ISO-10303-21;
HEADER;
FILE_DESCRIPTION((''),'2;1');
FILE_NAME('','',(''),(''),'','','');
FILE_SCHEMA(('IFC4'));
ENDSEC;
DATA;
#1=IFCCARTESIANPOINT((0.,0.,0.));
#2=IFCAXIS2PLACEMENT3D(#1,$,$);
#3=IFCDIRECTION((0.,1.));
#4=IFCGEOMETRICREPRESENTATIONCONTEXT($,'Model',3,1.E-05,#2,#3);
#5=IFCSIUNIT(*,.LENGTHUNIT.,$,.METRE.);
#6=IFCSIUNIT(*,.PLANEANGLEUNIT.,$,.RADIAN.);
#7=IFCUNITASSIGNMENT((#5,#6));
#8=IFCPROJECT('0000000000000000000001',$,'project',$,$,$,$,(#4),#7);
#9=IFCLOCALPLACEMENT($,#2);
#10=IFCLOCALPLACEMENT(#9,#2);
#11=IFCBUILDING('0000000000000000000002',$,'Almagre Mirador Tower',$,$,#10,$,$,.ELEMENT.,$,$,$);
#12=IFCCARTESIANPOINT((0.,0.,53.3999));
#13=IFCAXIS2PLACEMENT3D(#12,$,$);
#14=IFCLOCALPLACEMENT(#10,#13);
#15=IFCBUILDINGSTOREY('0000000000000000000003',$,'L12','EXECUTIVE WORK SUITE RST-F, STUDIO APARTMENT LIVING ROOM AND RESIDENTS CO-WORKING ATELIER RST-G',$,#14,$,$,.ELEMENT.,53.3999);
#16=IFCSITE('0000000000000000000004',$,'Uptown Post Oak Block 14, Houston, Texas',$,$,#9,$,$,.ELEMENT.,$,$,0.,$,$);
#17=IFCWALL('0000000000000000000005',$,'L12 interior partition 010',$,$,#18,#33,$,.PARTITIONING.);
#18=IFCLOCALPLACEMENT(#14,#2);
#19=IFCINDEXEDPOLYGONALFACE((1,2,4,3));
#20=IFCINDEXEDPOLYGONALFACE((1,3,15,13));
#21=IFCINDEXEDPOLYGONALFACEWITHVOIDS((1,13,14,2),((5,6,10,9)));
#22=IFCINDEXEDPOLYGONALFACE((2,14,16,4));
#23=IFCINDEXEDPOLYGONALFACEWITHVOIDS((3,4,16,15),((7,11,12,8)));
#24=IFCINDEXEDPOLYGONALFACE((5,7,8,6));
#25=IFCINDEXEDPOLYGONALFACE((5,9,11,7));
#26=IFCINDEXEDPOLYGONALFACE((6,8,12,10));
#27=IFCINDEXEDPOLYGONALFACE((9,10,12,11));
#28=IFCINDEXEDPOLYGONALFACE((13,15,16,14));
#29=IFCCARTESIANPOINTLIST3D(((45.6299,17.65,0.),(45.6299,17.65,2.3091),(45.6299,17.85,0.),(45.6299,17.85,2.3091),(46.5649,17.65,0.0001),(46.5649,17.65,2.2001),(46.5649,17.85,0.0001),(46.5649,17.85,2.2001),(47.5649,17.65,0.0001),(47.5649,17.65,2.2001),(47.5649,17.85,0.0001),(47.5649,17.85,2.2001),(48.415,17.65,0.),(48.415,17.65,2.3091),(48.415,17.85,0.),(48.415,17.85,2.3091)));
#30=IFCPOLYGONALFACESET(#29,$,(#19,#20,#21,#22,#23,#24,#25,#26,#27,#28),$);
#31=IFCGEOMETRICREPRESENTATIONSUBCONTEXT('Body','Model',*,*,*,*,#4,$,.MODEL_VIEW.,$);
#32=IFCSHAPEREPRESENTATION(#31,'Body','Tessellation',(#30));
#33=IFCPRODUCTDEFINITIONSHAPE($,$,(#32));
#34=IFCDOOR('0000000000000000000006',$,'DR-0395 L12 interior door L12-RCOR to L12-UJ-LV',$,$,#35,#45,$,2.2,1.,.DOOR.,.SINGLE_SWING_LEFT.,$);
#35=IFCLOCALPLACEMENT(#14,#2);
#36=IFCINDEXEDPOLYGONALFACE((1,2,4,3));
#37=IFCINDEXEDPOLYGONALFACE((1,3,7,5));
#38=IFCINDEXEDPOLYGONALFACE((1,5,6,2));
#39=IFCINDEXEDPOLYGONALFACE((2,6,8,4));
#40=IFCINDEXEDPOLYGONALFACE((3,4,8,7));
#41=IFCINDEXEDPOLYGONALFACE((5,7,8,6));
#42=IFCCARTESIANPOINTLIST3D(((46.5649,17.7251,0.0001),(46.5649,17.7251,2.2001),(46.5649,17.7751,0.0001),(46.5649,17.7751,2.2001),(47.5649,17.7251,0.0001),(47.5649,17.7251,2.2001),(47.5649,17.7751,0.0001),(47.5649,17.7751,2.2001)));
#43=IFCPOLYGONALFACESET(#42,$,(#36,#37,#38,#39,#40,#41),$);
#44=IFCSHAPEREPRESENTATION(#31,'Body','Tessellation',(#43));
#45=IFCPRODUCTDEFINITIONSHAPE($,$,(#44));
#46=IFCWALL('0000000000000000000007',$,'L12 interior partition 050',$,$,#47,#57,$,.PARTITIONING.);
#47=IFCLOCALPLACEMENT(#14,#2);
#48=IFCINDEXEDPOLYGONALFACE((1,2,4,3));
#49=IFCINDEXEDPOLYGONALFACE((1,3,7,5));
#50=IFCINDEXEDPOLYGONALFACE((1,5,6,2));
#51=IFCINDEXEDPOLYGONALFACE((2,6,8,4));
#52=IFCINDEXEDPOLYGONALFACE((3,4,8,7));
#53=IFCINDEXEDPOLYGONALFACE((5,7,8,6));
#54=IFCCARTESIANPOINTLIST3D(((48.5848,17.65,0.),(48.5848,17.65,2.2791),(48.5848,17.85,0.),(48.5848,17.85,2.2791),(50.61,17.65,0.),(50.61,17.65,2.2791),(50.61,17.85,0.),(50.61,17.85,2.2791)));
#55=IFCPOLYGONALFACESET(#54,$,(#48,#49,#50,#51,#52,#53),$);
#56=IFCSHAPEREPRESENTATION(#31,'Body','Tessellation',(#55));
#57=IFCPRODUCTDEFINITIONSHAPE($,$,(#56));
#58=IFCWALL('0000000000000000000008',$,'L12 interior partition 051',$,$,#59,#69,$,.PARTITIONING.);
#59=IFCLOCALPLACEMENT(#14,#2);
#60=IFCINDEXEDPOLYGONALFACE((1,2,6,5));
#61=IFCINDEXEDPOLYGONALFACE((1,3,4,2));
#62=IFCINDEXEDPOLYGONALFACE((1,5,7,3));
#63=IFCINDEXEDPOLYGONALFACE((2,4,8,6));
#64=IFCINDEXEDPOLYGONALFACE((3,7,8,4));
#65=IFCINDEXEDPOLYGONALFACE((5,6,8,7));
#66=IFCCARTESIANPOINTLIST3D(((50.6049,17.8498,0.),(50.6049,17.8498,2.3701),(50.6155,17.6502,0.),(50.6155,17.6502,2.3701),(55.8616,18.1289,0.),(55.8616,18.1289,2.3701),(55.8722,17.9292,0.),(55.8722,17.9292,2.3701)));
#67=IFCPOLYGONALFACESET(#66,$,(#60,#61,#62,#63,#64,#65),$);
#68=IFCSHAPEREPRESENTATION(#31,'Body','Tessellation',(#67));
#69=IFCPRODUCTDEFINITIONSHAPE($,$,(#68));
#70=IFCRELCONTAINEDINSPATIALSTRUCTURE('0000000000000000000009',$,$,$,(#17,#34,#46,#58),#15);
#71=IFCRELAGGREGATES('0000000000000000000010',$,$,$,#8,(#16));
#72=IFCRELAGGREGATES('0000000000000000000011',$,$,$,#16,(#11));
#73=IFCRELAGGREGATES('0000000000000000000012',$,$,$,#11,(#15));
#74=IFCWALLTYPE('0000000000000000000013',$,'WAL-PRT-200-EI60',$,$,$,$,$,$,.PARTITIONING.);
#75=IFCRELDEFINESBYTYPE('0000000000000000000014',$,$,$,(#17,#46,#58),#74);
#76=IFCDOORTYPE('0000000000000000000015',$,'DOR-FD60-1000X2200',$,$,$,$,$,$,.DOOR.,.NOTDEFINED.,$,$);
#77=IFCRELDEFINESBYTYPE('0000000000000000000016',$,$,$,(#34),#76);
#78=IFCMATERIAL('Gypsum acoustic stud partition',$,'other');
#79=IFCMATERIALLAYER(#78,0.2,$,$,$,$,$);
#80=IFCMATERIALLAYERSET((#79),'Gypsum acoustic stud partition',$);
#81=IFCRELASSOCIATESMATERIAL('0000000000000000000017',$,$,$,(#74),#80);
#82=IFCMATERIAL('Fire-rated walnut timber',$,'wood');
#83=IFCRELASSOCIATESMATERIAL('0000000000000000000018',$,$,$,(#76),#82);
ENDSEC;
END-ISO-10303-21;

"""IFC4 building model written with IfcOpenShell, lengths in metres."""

from ifc_helpers import new_model, si_unit, direction, frame, frame_2d, origin, place, context, subcontext, project, spatial, rectangle, extrude, material, layer, layer_set, type_object, element, fill, save


model = new_model("IFC4")

# Units and contexts
model_context = context("Model", 3, precision=1e-05, world=origin(), true_north=direction((0.0, 1.0)))
body_context = subcontext(model_context, "Body", "Model", "MODEL_VIEW")
ifc_project = project(units=[si_unit("LENGTHUNIT", "METRE"), si_unit("PLANEANGLEUNIT", "RADIAN")], contexts=[model_context])

# Site, building, storey
site_placement = place(None, origin())
site = spatial("IfcSite", under=ifc_project, at=site_placement, Name="Uptown Post Oak Block 14, Houston, Texas", CompositionType="ELEMENT", RefElevation=0.0)
building_placement = place(site_placement, origin())
building = spatial("IfcBuilding", under=site, at=building_placement, Name="Almagre Mirador Tower", CompositionType="ELEMENT")
storey_placement = place(building_placement, frame((0.0, 0.0, 53.3999)))
storey = spatial("IfcBuildingStorey", under=building, at=storey_placement, Name="L12", Description="EXECUTIVE WORK SUITE RST-F, STUDIO APARTMENT LIVING ROOM AND RESIDENTS CO-WORKING ATELIER RST-G", CompositionType="ELEMENT", Elevation=53.3999)

# Wall, opening, door
ifc_material_1 = material(Name="Gypsum acoustic stud partition", Category="other")
ifc_layer_1 = layer(ifc_material_1, 0.2)
ifc_layer_set_1 = layer_set([ifc_layer_1], Name="Gypsum acoustic stud partition")
wall_type_1 = type_object("IfcWallType", Name="WAL-PRT-200-EI60", PredefinedType="PARTITIONING", material=ifc_layer_set_1)
wall_1_placement = place(storey_placement, frame((48.415, 17.75, 0.0), z_axis=(0.0, 0.0, 1.0), x_axis=(-1.0, 0.0, 0.0)))
wall_1 = element("IfcWall", 1, at=wall_1_placement, inside=storey, type_object=wall_type_1, Name="L12 interior partition 010", PredefinedType="PARTITIONING", context=body_context, shape_type="SweptSolid", body=[
    extrude(rectangle(XDim=2.7852, YDim=0.2, at=frame_2d((1.3926, 0.0))), origin(), (0.0, 0.0, 1.0), 2.3091),
])
opening_1_placement = place(wall_1_placement, frame((0.8501, 0.0, 0.0)))
opening_1 = element("IfcOpeningElement", 2, at=opening_1_placement, cuts=wall_1, PredefinedType="OPENING", context=body_context, shape_type="SweptSolid", body=[
    extrude(rectangle(XDim=1.0, YDim=2.2, at=frame_2d((0.5, 1.1001))), frame((0.0, 0.1101, 0.0), z_axis=(0.0, -1.0, 0.0), x_axis=(1.0, 0.0, 0.0)), (0.0, 0.0, 1.0), 0.22),
])
ifc_material_2 = material(Name="Fire-rated walnut timber", Category="wood")
door_type_1 = type_object("IfcDoorType", Name="DOR-FD60-1000X2200", OperationType="NOTDEFINED", PredefinedType="DOOR", material=ifc_material_2)
door_1_placement = place(opening_1_placement, origin())
door_1 = element("IfcDoor", 3, at=door_1_placement, inside=storey, type_object=door_type_1, Name="DR-0395 L12 interior door L12-RCOR to L12-UJ-LV", OperationType="SINGLE_SWING_LEFT", OverallHeight=2.2, OverallWidth=1.0, PredefinedType="DOOR", context=body_context, shape_type="SweptSolid", body=[
    extrude(rectangle(XDim=1.0, YDim=2.2, at=frame_2d((0.5, 1.1001))), frame((0.0, 0.0249, 0.0), z_axis=(0.0, -1.0, 0.0), x_axis=(1.0, 0.0, 0.0)), (0.0, 0.0, 1.0), 0.05),
])
fill(opening_1, door_1)

# Walls
wall_2_placement = place(storey_placement, frame((50.6101, 17.75, 0.0), z_axis=(0.0, 0.0, 1.0), x_axis=(-1.0, 0.0, 0.0)))
element("IfcWall", 4, at=wall_2_placement, inside=storey, type_object=wall_type_1, Name="L12 interior partition 050", PredefinedType="PARTITIONING", context=body_context, shape_type="SweptSolid", body=[
    extrude(rectangle(XDim=2.0251, YDim=0.2, at=frame_2d((1.0127, 0.0))), origin(), (0.0, 0.0, 1.0), 2.2791),
])
wall_3_placement = place(storey_placement, frame((55.8669, 18.0291, 0.0), z_axis=(0.0, 0.0, 1.0), x_axis=(-0.998594, -0.053009, 0.0)))
element("IfcWall", 5, at=wall_3_placement, inside=storey, type_object=wall_type_1, Name="L12 interior partition 051", PredefinedType="PARTITIONING", context=body_context, shape_type="SweptSolid", body=[
    extrude(rectangle(XDim=5.2642, YDim=0.2, at=frame_2d((2.6321, 0.0))), origin(), (0.0, 0.0, 1.0), 2.3701),
])

save(model, "model.ifc")
